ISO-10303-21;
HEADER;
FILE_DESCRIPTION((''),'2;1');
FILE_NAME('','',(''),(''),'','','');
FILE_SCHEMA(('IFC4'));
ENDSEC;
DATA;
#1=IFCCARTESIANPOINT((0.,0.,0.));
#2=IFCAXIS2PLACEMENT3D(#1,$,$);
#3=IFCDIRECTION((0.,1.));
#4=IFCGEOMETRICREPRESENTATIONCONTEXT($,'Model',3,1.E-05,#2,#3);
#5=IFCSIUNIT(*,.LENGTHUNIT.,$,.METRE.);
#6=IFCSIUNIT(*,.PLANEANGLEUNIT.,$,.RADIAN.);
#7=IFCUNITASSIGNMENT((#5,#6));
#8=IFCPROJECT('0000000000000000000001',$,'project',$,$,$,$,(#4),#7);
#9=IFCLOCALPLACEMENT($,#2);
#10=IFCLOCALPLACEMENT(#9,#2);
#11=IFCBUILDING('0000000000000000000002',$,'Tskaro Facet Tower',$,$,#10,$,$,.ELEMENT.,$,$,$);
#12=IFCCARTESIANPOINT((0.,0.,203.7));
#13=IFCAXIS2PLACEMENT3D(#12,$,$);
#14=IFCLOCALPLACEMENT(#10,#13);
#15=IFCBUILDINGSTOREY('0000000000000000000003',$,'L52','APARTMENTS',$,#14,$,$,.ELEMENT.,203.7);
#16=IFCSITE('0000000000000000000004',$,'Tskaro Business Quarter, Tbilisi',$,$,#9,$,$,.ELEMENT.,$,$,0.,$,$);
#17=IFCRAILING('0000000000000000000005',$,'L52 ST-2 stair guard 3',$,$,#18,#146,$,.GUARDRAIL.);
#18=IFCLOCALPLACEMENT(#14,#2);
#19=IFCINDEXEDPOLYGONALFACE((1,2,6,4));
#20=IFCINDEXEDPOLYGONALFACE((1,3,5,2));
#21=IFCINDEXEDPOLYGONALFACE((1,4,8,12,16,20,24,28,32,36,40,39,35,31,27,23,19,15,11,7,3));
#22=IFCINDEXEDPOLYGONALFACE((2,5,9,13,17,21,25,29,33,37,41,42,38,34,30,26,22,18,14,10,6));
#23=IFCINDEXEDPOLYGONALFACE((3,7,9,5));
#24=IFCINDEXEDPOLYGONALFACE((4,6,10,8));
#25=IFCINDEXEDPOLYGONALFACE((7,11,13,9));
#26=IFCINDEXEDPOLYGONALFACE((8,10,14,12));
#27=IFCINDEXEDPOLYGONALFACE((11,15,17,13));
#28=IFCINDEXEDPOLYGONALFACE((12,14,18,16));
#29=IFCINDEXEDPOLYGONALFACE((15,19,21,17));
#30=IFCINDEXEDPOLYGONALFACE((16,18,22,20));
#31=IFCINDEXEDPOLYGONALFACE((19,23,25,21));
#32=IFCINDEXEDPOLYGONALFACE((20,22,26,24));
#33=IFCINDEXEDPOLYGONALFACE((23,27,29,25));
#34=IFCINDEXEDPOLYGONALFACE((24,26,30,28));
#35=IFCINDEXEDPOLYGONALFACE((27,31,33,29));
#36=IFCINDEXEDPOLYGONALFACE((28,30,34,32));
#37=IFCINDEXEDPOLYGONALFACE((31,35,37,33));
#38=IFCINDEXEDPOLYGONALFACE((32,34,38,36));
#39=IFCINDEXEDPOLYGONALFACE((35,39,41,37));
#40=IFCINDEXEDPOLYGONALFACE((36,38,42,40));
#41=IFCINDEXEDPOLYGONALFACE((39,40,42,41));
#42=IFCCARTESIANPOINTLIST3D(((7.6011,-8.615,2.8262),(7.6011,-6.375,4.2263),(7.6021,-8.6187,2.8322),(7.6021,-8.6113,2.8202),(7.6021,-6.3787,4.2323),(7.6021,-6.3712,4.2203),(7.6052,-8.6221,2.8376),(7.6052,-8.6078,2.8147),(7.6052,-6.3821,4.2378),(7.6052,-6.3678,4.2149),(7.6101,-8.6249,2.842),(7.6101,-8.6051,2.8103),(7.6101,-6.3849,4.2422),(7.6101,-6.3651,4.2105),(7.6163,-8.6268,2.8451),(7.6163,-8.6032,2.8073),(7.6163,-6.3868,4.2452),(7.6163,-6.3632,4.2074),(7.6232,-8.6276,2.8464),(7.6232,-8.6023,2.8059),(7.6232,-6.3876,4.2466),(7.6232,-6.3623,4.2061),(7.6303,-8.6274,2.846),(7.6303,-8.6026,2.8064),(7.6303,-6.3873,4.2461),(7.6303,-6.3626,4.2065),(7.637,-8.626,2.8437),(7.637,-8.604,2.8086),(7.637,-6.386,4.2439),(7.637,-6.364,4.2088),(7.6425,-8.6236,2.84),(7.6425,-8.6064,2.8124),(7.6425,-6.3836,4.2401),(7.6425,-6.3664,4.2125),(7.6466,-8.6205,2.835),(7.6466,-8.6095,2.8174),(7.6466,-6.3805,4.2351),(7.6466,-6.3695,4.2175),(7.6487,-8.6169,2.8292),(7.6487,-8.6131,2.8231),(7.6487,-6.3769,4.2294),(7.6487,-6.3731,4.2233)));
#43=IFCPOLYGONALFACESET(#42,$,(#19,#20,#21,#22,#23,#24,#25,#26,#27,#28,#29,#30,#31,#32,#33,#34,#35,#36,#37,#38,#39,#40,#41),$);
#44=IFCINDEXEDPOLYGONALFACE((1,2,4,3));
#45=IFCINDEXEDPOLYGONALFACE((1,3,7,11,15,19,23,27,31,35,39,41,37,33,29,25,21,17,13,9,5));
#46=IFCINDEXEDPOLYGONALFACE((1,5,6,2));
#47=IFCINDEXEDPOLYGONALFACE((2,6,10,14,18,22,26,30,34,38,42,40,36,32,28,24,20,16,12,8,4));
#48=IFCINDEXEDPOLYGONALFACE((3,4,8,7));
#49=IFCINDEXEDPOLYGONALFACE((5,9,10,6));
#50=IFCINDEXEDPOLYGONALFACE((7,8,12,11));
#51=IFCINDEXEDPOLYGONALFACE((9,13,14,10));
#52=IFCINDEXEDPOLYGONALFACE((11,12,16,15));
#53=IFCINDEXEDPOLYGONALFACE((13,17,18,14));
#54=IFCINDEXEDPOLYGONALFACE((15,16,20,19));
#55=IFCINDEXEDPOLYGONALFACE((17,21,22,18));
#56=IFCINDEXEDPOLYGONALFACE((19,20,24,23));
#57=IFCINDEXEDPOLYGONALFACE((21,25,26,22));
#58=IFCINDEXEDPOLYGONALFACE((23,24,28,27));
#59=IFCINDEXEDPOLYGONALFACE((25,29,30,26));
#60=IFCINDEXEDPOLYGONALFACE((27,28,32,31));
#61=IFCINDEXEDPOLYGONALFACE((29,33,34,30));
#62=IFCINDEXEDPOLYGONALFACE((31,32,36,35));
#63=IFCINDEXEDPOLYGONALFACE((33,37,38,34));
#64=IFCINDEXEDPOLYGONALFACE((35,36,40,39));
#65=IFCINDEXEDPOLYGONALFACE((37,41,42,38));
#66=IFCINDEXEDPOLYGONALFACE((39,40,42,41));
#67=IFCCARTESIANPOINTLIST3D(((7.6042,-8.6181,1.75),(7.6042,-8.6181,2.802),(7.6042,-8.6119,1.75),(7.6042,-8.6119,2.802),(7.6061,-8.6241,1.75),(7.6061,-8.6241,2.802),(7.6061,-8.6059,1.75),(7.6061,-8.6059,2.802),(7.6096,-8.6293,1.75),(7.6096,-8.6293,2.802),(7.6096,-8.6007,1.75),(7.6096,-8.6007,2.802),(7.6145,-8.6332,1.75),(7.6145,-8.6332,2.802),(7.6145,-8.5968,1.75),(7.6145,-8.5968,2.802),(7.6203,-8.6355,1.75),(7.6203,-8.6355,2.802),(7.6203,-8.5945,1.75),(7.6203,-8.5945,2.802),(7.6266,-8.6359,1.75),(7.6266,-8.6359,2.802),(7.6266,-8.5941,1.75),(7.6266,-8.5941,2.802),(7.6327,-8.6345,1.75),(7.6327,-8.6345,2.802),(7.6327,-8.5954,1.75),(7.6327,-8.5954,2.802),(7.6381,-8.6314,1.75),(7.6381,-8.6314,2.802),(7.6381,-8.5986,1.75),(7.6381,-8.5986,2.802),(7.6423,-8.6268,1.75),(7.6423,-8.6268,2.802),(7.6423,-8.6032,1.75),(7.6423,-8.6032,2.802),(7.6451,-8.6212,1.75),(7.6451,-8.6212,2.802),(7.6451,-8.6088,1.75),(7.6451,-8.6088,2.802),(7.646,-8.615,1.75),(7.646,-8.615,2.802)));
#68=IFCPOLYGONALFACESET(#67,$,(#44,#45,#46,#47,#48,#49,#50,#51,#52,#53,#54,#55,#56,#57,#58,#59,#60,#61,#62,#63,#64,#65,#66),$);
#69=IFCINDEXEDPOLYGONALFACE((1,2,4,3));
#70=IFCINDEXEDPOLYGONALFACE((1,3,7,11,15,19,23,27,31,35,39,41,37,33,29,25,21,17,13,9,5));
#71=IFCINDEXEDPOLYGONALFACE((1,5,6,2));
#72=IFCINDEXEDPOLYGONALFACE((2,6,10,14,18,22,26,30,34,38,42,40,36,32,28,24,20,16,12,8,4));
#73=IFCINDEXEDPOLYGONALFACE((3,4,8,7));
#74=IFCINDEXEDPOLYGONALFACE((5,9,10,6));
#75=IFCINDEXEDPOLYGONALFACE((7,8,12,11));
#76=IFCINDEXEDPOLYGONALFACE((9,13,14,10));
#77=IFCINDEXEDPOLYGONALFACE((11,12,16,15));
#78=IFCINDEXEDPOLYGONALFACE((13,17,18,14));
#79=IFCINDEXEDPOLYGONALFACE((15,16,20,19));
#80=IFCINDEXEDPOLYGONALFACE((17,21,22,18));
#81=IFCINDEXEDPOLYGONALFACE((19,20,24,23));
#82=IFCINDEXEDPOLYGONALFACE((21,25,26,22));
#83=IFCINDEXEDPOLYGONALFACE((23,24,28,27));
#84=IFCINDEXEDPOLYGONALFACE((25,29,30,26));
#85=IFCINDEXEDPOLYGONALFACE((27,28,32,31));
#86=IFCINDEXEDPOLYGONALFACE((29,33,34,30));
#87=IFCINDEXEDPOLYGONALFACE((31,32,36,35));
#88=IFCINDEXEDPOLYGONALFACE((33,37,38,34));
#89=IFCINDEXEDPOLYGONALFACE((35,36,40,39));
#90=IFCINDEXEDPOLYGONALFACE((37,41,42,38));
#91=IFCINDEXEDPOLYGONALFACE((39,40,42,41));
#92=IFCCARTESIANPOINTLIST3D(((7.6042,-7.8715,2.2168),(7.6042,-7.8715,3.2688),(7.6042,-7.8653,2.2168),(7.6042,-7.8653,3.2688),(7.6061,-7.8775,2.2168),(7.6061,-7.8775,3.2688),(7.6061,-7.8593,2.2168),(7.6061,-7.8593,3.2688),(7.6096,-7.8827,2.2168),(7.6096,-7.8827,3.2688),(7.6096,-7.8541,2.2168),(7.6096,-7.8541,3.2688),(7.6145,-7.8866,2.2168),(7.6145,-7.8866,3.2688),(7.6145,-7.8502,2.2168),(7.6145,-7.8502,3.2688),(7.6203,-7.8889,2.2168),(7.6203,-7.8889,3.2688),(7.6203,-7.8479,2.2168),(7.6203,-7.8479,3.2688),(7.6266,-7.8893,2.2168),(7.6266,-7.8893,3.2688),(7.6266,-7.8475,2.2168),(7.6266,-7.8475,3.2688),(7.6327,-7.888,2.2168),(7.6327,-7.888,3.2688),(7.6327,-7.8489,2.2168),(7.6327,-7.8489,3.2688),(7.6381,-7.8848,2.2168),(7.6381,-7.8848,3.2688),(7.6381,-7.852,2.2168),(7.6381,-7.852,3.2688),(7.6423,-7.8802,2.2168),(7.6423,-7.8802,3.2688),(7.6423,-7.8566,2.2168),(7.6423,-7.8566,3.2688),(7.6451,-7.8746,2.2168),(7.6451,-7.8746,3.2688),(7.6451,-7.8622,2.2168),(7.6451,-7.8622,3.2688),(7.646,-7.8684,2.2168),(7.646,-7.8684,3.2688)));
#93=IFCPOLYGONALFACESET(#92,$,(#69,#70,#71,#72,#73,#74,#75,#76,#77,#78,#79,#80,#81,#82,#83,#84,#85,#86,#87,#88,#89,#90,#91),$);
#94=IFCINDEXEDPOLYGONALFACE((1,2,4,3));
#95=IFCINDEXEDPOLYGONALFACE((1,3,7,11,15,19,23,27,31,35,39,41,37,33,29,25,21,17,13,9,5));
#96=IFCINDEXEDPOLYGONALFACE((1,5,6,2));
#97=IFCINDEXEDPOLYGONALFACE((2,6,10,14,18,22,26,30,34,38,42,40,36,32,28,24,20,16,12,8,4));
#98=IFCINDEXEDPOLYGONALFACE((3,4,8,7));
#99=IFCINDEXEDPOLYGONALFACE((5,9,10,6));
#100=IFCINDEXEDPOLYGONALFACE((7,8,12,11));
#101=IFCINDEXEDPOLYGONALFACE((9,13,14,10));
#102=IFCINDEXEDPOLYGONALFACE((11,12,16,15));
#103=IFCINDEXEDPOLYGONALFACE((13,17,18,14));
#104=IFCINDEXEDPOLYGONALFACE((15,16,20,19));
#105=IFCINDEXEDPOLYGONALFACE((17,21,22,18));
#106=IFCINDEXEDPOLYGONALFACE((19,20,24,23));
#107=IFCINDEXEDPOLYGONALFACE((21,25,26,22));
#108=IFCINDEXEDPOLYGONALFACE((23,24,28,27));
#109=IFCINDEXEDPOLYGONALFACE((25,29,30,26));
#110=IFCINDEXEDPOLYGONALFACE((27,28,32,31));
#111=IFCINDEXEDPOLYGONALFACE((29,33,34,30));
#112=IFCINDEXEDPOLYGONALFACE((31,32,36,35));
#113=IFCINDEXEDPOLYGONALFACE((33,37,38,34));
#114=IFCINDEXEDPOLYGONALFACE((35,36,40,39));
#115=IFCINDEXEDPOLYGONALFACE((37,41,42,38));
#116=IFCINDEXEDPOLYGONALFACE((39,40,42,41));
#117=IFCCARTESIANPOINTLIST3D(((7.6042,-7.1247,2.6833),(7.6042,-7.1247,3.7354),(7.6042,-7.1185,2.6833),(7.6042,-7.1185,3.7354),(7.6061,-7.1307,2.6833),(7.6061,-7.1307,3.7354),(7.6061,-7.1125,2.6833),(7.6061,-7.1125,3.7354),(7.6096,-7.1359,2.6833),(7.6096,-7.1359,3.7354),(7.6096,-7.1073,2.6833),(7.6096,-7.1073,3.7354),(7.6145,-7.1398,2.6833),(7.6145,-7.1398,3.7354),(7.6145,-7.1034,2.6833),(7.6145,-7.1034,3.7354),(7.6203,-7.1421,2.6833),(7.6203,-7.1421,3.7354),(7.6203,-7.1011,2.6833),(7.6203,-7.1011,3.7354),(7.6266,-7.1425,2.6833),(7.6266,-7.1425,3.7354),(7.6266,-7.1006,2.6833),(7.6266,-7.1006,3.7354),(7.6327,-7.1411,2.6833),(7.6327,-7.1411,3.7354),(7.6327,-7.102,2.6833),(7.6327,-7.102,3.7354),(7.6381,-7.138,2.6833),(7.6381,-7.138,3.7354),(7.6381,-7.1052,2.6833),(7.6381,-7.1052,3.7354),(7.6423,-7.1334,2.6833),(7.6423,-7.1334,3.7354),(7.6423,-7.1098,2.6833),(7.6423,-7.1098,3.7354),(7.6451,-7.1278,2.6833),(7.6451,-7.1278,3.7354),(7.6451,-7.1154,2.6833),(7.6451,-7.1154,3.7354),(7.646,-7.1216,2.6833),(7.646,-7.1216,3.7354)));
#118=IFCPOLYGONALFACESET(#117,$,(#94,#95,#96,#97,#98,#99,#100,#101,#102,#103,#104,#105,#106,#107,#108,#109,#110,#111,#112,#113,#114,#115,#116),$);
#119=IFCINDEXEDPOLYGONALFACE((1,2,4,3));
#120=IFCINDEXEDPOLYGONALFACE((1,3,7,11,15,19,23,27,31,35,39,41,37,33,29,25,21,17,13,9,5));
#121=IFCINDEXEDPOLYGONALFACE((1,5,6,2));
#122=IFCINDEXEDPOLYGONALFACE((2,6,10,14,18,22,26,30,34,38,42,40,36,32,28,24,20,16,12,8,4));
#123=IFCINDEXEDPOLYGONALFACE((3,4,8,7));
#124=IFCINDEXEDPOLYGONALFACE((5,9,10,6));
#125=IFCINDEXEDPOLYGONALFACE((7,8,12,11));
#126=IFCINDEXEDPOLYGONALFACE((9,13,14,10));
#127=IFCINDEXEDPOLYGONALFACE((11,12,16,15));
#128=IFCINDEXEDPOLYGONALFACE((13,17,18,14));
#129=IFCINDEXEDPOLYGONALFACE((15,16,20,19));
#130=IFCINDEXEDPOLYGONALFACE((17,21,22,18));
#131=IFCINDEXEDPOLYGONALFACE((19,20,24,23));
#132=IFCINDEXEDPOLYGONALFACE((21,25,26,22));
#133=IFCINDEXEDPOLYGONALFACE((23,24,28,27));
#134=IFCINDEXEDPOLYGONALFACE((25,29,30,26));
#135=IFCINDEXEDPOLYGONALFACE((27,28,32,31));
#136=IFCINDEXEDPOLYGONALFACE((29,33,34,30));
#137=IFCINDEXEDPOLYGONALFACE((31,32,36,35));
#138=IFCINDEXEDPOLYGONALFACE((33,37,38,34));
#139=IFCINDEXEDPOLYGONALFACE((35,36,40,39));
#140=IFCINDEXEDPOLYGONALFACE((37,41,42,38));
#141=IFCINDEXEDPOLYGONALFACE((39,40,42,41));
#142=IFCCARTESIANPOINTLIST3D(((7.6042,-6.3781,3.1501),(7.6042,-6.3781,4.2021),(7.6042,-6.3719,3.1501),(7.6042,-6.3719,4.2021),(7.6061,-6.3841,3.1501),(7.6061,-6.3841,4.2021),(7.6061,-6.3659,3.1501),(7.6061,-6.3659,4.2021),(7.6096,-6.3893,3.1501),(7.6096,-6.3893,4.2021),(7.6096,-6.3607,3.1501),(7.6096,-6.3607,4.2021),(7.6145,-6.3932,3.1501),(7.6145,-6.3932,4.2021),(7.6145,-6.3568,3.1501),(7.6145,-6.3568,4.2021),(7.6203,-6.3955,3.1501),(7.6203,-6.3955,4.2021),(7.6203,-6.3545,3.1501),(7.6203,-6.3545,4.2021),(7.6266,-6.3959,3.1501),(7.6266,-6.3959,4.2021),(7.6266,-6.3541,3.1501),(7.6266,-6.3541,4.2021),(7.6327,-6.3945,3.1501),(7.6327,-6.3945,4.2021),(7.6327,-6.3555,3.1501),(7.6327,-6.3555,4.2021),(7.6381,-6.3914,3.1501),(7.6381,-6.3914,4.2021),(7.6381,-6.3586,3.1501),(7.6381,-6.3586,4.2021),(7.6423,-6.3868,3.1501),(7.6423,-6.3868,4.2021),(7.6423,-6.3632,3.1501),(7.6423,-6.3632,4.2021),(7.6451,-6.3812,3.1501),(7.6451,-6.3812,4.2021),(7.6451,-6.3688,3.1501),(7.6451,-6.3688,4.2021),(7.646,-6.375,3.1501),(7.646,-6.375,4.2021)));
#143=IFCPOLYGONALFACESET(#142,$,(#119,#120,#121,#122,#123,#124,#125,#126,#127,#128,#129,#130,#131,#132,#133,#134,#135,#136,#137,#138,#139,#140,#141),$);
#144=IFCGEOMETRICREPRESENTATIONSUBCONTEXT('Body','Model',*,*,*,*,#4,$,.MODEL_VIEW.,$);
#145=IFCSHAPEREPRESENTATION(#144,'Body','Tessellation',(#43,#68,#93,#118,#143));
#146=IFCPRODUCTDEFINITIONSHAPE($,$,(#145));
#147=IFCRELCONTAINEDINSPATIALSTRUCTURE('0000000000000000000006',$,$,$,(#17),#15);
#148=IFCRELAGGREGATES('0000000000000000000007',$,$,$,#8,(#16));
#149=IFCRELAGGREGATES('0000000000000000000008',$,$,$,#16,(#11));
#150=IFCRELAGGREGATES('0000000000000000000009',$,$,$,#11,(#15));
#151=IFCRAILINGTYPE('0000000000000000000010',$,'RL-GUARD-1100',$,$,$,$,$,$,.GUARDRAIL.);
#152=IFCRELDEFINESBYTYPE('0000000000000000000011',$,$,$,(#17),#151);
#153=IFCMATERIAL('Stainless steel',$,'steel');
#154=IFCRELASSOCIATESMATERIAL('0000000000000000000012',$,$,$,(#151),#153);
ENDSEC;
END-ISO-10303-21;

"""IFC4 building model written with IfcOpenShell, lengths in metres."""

from ifc_helpers import new_model, si_unit, direction, frame, origin, origin_2d, place, context, subcontext, project, spatial, circle, extrude, material, type_object, element, save


model = new_model("IFC4")

# Units and contexts
model_context = context("Model", 3, precision=1e-05, world=origin(), true_north=direction((0.0, 1.0)))
body_context = subcontext(model_context, "Body", "Model", "MODEL_VIEW")
ifc_project = project(units=[si_unit("LENGTHUNIT", "METRE"), si_unit("PLANEANGLEUNIT", "RADIAN")], contexts=[model_context])

# Site, building, storey
site_placement = place(None, origin())
site = spatial("IfcSite", under=ifc_project, at=site_placement, Name="Tskaro Business Quarter, Tbilisi", CompositionType="ELEMENT", RefElevation=0.0)
building_placement = place(site_placement, origin())
building = spatial("IfcBuilding", under=site, at=building_placement, Name="Tskaro Facet Tower", CompositionType="ELEMENT")
storey_placement = place(building_placement, frame((0.0, 0.0, 203.7)))
storey = spatial("IfcBuildingStorey", under=building, at=storey_placement, Name="L52", Description="APARTMENTS", CompositionType="ELEMENT", Elevation=203.7)

# Railing
ifc_material_1 = material(Name="Stainless steel", Category="steel")
railing_type_1 = type_object("IfcRailingType", Name="RL-GUARD-1100", PredefinedType="GUARDRAIL", material=ifc_material_1)
railing_1_placement = place(storey_placement, frame((7.625, -8.615, 1.75)))
element("IfcRailing", 1, at=railing_1_placement, inside=storey, type_object=railing_type_1, Name="L52 ST-2 stair guard 3", PredefinedType="GUARDRAIL", context=body_context, shape_type="SweptSolid", body=[
    extrude(circle(Radius=0.0239, at=origin_2d()), frame((0.0, 0.0, 1.0762), z_axis=(0.0, 0.847972, 0.53004), x_axis=(-1.0, 0.0, 0.0)), (0.0, 0.0, 1.0), 2.6416),
    extrude(circle(Radius=0.021, at=origin_2d()), origin(), (0.0, 0.0, 1.0), 1.052),
    extrude(circle(Radius=0.021, at=origin_2d()), frame((0.0, 0.7466, 0.4668)), (0.0, 0.0, 1.0), 1.052),
    extrude(circle(Radius=0.021, at=origin_2d()), frame((0.0, 1.4934, 0.9333)), (0.0, 0.0, 1.0), 1.052),
    extrude(circle(Radius=0.021, at=origin_2d()), frame((0.0, 2.24, 1.4001)), (0.0, 0.0, 1.0), 1.052),
])

save(model, "model.ifc")
